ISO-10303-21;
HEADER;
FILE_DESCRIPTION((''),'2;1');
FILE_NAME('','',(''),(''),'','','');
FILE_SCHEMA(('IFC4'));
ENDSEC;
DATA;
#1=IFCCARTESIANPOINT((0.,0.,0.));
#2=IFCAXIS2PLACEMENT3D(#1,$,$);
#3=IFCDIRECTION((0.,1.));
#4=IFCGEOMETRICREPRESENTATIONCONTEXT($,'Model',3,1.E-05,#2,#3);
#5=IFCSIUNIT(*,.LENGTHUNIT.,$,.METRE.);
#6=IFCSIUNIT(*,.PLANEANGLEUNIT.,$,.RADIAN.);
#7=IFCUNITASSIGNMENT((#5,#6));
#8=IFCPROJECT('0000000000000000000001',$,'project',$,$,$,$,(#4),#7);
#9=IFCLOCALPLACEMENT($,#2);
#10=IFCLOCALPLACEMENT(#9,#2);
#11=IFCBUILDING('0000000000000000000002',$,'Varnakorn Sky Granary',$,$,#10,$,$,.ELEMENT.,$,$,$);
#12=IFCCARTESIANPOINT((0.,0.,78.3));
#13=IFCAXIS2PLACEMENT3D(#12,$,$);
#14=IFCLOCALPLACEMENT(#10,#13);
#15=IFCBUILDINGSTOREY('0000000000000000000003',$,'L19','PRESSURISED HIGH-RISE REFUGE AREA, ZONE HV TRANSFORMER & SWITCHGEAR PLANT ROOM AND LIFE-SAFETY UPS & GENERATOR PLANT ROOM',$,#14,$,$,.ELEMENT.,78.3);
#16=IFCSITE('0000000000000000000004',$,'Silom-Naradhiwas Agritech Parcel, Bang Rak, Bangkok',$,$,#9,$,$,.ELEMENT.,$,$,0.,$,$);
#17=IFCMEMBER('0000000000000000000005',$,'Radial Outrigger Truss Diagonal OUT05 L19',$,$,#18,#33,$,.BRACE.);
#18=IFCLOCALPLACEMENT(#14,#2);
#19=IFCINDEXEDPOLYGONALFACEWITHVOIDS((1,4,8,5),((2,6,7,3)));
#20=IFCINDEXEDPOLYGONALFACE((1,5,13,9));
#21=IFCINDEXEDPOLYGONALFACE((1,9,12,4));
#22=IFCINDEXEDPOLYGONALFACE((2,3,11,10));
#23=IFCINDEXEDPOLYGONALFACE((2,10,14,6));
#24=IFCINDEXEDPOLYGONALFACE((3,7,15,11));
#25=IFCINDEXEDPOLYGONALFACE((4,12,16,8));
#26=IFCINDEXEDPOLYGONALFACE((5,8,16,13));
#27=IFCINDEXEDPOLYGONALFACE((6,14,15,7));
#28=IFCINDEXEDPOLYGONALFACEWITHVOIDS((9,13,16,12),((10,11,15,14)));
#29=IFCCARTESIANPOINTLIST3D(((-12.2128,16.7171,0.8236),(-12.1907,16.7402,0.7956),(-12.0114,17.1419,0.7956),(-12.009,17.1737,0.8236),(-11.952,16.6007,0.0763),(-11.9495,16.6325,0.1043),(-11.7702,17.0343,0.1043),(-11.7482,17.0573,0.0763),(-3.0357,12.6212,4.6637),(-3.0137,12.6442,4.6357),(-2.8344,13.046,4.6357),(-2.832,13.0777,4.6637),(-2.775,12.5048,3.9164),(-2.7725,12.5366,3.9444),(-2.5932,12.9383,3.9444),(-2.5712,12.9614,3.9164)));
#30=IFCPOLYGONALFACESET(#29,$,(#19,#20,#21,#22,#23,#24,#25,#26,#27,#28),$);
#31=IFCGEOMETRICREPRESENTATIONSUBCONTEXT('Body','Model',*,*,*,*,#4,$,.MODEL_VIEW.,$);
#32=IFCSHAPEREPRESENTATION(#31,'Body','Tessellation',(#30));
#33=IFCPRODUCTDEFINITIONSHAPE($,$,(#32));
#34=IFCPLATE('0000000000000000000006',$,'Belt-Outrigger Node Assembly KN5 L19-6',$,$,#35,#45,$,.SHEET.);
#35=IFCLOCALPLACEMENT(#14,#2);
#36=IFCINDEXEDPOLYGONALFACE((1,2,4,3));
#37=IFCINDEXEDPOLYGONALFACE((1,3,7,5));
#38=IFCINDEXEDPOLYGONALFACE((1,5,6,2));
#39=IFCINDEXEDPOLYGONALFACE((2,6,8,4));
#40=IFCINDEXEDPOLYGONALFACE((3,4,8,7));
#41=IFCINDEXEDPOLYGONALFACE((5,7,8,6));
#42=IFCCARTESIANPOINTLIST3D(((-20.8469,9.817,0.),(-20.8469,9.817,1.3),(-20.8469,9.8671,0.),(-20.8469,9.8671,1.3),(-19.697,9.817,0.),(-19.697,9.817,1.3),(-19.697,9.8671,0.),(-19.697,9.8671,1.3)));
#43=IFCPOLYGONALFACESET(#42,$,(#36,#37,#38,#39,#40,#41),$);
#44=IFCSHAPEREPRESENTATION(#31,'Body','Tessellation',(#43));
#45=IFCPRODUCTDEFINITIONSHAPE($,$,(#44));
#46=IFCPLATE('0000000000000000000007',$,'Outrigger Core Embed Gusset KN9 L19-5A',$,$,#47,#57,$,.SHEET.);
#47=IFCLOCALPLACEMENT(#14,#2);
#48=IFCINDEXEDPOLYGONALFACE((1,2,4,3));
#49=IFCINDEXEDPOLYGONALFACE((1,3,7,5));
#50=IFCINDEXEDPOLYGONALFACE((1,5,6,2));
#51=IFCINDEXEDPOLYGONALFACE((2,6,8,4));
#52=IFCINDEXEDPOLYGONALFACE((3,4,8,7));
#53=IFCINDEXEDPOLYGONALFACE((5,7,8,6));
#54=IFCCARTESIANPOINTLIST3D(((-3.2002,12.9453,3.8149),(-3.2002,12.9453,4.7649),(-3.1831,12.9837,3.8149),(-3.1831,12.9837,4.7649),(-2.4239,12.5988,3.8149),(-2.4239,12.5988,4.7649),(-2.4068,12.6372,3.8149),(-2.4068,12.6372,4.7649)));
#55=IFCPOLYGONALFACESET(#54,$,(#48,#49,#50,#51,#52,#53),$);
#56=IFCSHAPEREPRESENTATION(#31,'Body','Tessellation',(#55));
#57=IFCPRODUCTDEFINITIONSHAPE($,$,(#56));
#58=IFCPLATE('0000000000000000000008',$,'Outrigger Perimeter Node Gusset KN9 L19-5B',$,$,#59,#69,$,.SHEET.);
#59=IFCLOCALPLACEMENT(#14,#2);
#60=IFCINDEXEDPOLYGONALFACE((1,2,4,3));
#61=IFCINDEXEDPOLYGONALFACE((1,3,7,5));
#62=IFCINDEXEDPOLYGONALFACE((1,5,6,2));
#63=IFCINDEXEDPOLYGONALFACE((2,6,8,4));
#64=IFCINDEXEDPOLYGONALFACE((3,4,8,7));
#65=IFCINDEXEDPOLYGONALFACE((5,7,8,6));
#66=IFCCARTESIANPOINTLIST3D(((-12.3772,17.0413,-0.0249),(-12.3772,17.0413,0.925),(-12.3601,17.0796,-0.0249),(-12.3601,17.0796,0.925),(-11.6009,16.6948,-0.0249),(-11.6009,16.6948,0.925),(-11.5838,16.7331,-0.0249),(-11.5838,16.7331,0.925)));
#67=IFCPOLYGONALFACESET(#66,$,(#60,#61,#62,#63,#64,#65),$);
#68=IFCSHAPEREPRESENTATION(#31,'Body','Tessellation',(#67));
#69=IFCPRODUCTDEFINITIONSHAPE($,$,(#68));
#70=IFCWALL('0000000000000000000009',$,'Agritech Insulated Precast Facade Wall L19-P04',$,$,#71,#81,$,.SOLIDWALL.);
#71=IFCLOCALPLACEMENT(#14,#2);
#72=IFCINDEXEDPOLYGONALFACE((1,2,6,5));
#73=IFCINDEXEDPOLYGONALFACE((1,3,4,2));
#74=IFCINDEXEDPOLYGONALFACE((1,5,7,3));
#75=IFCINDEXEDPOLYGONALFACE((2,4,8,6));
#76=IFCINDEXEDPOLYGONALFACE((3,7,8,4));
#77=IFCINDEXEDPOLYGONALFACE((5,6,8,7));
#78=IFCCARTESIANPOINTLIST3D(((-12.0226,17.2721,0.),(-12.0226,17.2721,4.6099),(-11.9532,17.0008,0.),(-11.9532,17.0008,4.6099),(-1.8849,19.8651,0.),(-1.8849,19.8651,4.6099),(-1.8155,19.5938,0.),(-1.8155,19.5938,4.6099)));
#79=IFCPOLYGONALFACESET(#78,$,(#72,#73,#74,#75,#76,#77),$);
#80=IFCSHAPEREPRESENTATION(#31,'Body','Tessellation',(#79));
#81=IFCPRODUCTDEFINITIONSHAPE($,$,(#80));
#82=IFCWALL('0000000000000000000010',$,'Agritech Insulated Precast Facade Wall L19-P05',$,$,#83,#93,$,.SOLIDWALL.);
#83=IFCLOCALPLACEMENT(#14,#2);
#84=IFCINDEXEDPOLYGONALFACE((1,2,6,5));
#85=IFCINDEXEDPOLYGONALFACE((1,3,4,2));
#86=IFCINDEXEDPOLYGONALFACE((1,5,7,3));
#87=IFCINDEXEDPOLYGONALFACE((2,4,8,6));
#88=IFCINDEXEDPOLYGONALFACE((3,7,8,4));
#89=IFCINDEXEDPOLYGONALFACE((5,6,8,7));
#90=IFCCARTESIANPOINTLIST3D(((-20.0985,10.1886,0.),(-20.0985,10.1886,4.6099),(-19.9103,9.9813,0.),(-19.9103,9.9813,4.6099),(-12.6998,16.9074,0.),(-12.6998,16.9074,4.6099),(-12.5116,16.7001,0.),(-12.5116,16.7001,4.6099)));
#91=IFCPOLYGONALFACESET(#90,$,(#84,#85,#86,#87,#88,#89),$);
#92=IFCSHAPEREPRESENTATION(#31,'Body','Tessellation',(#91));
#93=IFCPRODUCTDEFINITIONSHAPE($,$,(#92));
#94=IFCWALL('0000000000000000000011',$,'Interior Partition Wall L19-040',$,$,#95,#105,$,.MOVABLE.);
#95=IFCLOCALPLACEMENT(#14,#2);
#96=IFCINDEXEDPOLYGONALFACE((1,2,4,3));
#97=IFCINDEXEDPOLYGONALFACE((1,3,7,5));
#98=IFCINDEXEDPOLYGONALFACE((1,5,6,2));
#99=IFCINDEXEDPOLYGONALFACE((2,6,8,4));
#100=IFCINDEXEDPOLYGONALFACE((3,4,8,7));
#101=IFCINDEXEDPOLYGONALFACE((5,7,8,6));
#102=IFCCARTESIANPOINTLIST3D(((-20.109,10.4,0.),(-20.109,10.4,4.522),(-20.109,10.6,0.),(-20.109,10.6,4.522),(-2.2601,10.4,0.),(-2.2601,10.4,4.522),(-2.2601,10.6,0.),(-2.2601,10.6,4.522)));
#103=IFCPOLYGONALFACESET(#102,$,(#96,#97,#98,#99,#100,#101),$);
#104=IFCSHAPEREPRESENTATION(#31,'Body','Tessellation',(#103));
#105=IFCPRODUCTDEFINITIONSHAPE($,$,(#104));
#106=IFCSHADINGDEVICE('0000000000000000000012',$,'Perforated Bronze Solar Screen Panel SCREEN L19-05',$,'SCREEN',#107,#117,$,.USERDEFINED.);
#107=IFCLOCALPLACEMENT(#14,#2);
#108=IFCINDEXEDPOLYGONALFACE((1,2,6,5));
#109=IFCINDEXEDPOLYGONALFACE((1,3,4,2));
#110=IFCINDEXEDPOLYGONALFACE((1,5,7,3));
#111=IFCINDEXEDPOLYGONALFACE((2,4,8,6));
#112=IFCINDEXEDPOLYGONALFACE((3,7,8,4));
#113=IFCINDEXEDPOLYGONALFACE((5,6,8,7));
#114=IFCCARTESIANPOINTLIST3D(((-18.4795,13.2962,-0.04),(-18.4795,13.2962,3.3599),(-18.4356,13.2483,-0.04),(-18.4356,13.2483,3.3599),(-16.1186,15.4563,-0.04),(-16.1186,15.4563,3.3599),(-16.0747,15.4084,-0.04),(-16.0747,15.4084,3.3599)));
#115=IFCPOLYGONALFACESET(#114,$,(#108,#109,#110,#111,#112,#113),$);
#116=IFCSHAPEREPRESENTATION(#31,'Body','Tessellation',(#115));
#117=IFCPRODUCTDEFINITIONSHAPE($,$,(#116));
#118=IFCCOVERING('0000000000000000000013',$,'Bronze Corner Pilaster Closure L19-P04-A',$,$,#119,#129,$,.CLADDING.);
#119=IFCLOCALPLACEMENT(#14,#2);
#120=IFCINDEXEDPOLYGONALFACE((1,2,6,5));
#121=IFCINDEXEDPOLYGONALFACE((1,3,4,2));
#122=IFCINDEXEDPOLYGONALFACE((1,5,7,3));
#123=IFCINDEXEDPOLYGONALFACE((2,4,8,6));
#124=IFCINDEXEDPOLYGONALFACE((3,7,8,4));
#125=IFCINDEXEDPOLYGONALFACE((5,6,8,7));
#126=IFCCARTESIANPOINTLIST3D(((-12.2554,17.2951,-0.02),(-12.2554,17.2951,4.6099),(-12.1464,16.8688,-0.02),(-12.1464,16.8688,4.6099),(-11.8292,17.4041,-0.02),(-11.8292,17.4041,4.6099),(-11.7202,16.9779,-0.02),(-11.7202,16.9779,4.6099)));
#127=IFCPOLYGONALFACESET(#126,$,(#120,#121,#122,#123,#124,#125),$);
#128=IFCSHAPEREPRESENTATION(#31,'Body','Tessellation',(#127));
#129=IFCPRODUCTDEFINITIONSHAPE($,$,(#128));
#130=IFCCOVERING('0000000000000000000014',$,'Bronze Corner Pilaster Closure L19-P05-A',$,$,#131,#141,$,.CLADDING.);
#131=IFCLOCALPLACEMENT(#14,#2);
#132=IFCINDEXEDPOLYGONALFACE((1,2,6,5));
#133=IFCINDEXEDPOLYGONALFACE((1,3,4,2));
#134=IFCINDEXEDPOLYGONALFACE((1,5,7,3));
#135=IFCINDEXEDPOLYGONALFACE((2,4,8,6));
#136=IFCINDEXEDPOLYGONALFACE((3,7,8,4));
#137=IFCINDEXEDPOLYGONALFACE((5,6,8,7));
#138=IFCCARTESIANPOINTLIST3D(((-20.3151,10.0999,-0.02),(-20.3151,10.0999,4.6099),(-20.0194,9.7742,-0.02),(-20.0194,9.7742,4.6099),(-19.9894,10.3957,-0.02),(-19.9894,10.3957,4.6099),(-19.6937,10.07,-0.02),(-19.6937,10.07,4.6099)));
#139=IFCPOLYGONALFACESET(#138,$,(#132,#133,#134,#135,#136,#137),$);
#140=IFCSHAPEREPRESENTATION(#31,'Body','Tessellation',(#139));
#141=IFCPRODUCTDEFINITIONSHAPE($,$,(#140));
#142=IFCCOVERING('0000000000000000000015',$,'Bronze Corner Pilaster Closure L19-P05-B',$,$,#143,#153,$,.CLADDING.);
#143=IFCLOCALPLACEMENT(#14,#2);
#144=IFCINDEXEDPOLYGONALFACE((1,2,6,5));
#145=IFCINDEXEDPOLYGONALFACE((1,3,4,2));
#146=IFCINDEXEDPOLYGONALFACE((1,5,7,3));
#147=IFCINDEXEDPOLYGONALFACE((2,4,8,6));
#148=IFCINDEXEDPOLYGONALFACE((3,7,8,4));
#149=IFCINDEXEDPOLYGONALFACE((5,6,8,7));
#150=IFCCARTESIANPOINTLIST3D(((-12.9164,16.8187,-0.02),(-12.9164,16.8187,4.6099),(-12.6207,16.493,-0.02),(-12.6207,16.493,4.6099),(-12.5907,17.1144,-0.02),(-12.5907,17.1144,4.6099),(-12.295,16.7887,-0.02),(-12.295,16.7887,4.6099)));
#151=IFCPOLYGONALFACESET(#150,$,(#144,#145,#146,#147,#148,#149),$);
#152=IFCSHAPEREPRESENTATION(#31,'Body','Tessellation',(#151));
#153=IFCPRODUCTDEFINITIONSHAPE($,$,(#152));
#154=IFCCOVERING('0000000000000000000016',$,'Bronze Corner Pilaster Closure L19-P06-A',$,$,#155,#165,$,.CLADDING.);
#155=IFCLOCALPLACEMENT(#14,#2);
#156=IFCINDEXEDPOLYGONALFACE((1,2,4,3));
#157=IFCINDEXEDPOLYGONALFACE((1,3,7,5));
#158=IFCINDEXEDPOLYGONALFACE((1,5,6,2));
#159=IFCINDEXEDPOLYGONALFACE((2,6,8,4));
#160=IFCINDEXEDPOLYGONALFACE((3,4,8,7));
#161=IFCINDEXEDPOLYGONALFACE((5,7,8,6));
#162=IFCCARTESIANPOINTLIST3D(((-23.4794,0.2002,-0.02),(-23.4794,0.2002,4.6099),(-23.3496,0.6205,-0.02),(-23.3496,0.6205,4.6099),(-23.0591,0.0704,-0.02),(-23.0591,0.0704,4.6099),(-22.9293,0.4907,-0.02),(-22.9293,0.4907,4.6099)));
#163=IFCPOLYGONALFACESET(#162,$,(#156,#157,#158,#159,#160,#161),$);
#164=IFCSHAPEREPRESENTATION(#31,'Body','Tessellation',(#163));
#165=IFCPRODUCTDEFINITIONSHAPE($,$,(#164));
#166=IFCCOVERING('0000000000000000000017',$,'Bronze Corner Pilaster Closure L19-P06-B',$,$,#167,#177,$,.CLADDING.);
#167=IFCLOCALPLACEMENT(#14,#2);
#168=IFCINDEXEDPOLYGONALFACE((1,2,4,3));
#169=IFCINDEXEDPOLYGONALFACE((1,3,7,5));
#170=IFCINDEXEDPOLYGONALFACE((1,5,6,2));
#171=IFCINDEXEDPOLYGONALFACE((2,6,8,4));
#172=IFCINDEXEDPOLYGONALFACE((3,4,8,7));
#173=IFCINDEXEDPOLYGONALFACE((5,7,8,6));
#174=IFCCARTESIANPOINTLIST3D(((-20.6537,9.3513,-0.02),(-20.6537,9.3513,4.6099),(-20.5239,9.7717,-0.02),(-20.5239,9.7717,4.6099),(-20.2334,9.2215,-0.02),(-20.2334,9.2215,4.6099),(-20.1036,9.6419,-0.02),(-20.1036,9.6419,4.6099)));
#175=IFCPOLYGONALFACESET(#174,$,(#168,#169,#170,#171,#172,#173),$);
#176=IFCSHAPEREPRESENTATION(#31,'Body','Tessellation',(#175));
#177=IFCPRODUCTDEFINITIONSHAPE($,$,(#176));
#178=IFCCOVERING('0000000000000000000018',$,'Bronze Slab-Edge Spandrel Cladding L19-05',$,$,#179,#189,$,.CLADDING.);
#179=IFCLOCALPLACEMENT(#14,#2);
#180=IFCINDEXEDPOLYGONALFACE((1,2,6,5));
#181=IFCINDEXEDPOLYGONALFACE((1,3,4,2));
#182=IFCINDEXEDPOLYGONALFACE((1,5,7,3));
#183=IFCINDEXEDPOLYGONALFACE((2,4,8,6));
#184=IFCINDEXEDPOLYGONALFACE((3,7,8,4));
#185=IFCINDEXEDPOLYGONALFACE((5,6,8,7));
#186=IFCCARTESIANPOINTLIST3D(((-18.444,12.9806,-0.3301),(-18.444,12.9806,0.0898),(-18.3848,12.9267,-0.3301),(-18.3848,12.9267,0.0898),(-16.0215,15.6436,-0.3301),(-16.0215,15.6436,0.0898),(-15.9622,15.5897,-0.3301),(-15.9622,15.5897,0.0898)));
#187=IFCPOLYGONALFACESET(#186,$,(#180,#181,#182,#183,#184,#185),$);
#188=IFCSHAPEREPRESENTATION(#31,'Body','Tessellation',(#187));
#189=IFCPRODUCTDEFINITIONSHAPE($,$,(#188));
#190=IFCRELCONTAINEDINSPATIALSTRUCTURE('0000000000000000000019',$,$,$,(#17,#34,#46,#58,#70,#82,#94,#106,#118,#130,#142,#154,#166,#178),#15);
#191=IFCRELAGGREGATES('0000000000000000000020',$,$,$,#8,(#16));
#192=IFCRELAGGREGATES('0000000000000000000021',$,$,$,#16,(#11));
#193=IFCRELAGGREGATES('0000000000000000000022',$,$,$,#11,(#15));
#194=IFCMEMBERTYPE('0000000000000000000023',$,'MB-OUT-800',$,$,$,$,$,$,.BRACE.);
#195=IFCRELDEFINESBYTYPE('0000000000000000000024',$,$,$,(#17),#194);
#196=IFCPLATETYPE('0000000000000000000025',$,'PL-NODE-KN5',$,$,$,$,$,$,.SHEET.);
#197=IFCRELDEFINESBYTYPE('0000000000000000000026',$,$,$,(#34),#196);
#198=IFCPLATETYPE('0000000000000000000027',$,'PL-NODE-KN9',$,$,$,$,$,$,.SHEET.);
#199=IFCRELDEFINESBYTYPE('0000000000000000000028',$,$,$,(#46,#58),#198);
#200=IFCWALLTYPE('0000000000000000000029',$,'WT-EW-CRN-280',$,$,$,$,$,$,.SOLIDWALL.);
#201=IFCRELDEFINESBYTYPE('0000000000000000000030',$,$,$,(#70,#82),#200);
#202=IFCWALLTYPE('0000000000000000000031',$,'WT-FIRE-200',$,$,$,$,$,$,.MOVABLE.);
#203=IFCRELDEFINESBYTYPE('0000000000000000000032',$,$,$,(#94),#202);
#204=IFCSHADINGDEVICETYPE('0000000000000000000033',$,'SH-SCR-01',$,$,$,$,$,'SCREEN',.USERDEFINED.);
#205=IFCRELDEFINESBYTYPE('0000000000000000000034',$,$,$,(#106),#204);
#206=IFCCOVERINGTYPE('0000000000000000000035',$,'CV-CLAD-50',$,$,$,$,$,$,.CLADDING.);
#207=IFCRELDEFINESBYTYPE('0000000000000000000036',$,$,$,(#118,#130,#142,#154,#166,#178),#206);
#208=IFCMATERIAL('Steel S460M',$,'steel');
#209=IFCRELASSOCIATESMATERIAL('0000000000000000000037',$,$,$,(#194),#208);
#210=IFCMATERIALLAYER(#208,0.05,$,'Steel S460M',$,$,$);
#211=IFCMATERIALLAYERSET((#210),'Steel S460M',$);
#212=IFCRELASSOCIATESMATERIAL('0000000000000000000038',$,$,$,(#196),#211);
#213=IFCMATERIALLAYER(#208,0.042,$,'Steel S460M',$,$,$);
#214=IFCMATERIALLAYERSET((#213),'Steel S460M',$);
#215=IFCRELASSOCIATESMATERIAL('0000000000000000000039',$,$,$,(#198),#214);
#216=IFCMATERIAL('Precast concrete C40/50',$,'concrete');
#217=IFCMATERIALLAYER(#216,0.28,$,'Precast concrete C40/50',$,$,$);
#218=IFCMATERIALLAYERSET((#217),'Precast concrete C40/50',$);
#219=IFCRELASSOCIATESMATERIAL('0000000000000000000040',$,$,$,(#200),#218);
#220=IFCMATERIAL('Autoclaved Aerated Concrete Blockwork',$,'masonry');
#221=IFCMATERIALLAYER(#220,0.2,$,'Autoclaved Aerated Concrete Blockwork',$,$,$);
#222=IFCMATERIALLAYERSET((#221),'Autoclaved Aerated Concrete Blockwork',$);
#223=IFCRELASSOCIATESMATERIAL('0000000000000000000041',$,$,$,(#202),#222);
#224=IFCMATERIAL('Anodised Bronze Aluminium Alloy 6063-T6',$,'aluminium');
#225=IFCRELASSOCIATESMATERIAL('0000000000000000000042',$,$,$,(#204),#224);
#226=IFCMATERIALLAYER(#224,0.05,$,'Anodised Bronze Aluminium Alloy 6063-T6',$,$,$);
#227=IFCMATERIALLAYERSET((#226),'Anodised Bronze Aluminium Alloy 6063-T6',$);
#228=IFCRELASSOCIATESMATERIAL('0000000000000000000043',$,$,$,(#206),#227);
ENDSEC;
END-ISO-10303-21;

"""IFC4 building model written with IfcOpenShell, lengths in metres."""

from ifc_helpers import new_model, si_unit, direction, frame, frame_2d, origin, origin_2d, place, context, subcontext, project, spatial, rectangle, hollow_rectangle, extrude, source, transform, mapped, material, layer, layer_set, material_profile, profile_set, type_object, type_shapes, element, save


model = new_model("IFC4")

# Units and contexts
model_context = context("Model", 3, precision=1e-05, world=origin(), true_north=direction((0.0, 1.0)))
body_context = subcontext(model_context, "Body", "Model", "MODEL_VIEW")
ifc_project = project(units=[si_unit("LENGTHUNIT", "METRE"), si_unit("PLANEANGLEUNIT", "RADIAN")], contexts=[model_context])

# Site, building, storey
site_placement = place(None, origin())
site = spatial("IfcSite", under=ifc_project, at=site_placement, Name="Silom-Naradhiwas Agritech Parcel, Bang Rak, Bangkok", CompositionType="ELEMENT", RefElevation=0.0)
building_placement = place(site_placement, origin())
building = spatial("IfcBuilding", under=site, at=building_placement, Name="Varnakorn Sky Granary", CompositionType="ELEMENT")
storey_placement = place(building_placement, frame((0.0, 0.0, 78.3)))
storey = spatial("IfcBuildingStorey", under=building, at=storey_placement, Name="L19", Description="PRESSURISED HIGH-RISE REFUGE AREA, ZONE HV TRANSFORMER & SWITCHGEAR PLANT ROOM AND LIFE-SAFETY UPS & GENERATOR PLANT ROOM", CompositionType="ELEMENT", Elevation=78.3)

# Shared definitions
ifc_material_1 = material(Name="Steel S460M", Category="steel")

# Member
ifc_material_profile_1 = material_profile(ifc_material_1, hollow_rectangle(XDim=0.5, YDim=0.8, WallThickness=0.03, at=origin_2d()), Name="RHS 500x800x30")
ifc_profile_set_1 = profile_set([ifc_material_profile_1], Name="Steel S460M")
member_type_1 = type_object("IfcMemberType", Name="MB-OUT-800", PredefinedType="BRACE", material=ifc_profile_set_1)
member_1_placement = place(storey_placement, frame((-2.8035, 12.7913, 4.29), z_axis=(-0.853018, 0.380725, -0.356943), x_axis=(-0.407574, -0.913172, 0.0)))
element("IfcMember", 1, at=member_1_placement, inside=storey, type_object=member_type_1, Name="Radial Outrigger Truss Diagonal OUT05 L19", PredefinedType="BRACE", context=body_context, shape_type="SweptSolid", body=[
    extrude(hollow_rectangle(XDim=0.5, YDim=0.8, WallThickness=0.03, at=origin_2d()), origin(), (0.0, 0.0, 1.0), 10.7583),
])

# Plates
ifc_layer_1 = layer(ifc_material_1, 0.05, Name="Steel S460M")
ifc_layer_set_1 = layer_set([ifc_layer_1], Name="Steel S460M")
plate_type_1 = type_object("IfcPlateType", Name="PL-NODE-KN5", PredefinedType="SHEET", material=ifc_layer_set_1)
plate_placement = place(storey_placement, frame((-20.272, 9.842, 0.0), z_axis=(0.0, 0.0, 1.0), x_axis=(1.0, 0.0, 0.0)))
element("IfcPlate", 2, at=plate_placement, inside=storey, type_object=plate_type_1, Name="Belt-Outrigger Node Assembly KN5 L19-6", PredefinedType="SHEET", context=body_context, shape_type="SweptSolid", body=[
    extrude(rectangle(XDim=1.1499, YDim=0.05, at=origin_2d()), origin(), (0.0, 0.0, 1.0), 1.3),
])
ifc_layer_2 = layer(ifc_material_1, 0.042, Name="Steel S460M")
ifc_layer_set_2 = layer_set([ifc_layer_2], Name="Steel S460M")
plate_type_2 = type_object("IfcPlateType", Name="PL-NODE-KN9", PredefinedType="SHEET", material=ifc_layer_set_2)
for number, where, z_axis, x_axis, name in (
    (3, (-2.8035, 12.7913, 3.8149), (0.0, 0.0, 1.0), (-0.91317, 0.407578, 0.0), "Outrigger Core Embed Gusset KN9 L19-5A"),
    (4, (-11.9805, 16.8872, -0.0249), (0.0, 0.0, 1.0), (-0.91317, 0.407578, 0.0), "Outrigger Perimeter Node Gusset KN9 L19-5B"),
):
    element("IfcPlate", number, at=place(storey_placement, frame(where, z_axis=z_axis, x_axis=x_axis)), inside=storey, type_object=plate_type_2, Name=name, PredefinedType="SHEET", context=body_context, shape_type="SweptSolid", body=[
        extrude(rectangle(XDim=0.8501, YDim=0.042, at=origin_2d()), origin(), (0.0, 0.0, 1.0), 0.95),
    ])

# Walls
ifc_material_2 = material(Name="Precast concrete C40/50", Category="concrete")
ifc_layer_3 = layer(ifc_material_2, 0.28, Name="Precast concrete C40/50")
ifc_layer_set_3 = layer_set([ifc_layer_3], Name="Precast concrete C40/50")
wall_type_1 = type_object("IfcWallType", Name="WT-EW-CRN-280", PredefinedType="SOLIDWALL", material=ifc_layer_set_3)
wall_1_placement = place(storey_placement, frame((-11.9878, 17.1365, 0.0), z_axis=(0.0, 0.0, 1.0), x_axis=(0.968811, 0.247802, 0.0)))
element("IfcWall", 5, at=wall_1_placement, inside=storey, type_object=wall_type_1, Name="Agritech Insulated Precast Facade Wall L19-P04", PredefinedType="SOLIDWALL", context=body_context, shape_type="SweptSolid", body=[
    extrude(rectangle(XDim=10.4641, YDim=0.28, at=frame_2d((5.2319, 0.0))), origin(), (0.0, 0.0, 1.0), 4.6099),
])
wall_2_placement = place(storey_placement, frame((-20.0044, 10.085, 0.0), z_axis=(0.0, 0.0, 1.0), x_axis=(0.740305, 0.672271, 0.0)))
element("IfcWall", 6, at=wall_2_placement, inside=storey, type_object=wall_type_1, Name="Agritech Insulated Precast Facade Wall L19-P05", PredefinedType="SOLIDWALL", context=body_context, shape_type="SweptSolid", body=[
    extrude(rectangle(XDim=9.9941, YDim=0.28, at=frame_2d((4.9971, 0.0))), origin(), (0.0, 0.0, 1.0), 4.6099),
])
ifc_material_3 = material(Name="Autoclaved Aerated Concrete Blockwork", Category="masonry")
ifc_layer_4 = layer(ifc_material_3, 0.2, Name="Autoclaved Aerated Concrete Blockwork")
ifc_layer_set_4 = layer_set([ifc_layer_4], Name="Autoclaved Aerated Concrete Blockwork")
wall_type_2 = type_object("IfcWallType", Name="WT-FIRE-200", PredefinedType="MOVABLE", material=ifc_layer_set_4)
wall_3_placement = place(storey_placement, frame((-20.1089, 10.5, 0.0), z_axis=(0.0, 0.0, 1.0), x_axis=(1.0, 0.0, 0.0)))
element("IfcWall", 7, at=wall_3_placement, inside=storey, type_object=wall_type_2, Name="Interior Partition Wall L19-040", PredefinedType="MOVABLE", context=body_context, shape_type="SweptSolid", body=[
    extrude(rectangle(XDim=17.8489, YDim=0.2, at=frame_2d((8.9243, 0.0))), origin(), (0.0, 0.0, 1.0), 4.522),
])

# Shading device
ifc_material_4 = material(Name="Anodised Bronze Aluminium Alloy 6063-T6", Category="aluminium")
shading_device_type = type_object("IfcShadingDeviceType", Name="SH-SCR-01", ElementType="SCREEN", PredefinedType="USERDEFINED", material=ifc_material_4)
shared_shape_1 = source(origin(), body_context, "Body", "SweptSolid", [
    extrude(rectangle(XDim=3.2, YDim=0.0649, at=origin_2d()), origin(), (0.0, 0.0, 1.0), 3.3999),
])
type_shapes(shading_device_type, [shared_shape_1])
shading_device_placement = place(storey_placement, frame((-17.2771, 14.3523, -0.04), z_axis=(0.0, 0.0, 1.0), x_axis=(-0.737783, -0.675038, 0.0)))
element("IfcShadingDevice", 8, at=shading_device_placement, inside=storey, type_object=shading_device_type, Name="Perforated Bronze Solar Screen Panel SCREEN L19-05", ObjectType="SCREEN", PredefinedType="USERDEFINED", context=body_context, shape_type="MappedRepresentation", body=[
    mapped(shared_shape_1, transform((0.0, 0.0, 0.0), x_axis=(1.0, 0.0, 0.0), y_axis=(0.0, 1.0, 0.0), z_axis=(0.0, 0.0, 1.0), scale=1.0)),
])

# Coverings
ifc_layer_5 = layer(ifc_material_4, 0.05, Name="Anodised Bronze Aluminium Alloy 6063-T6")
ifc_layer_set_5 = layer_set([ifc_layer_5], Name="Anodised Bronze Aluminium Alloy 6063-T6")
covering_type = type_object("IfcCoveringType", Name="CV-CLAD-50", PredefinedType="CLADDING", material=ifc_layer_set_5)
shared_shape_2 = source(origin(), body_context, "Body", "SweptSolid", [
    extrude(rectangle(XDim=0.4399, YDim=0.4399, at=origin_2d()), origin(), (0.0, 0.0, 1.0), 4.6299),
])
for number, where, z_axis, x_axis, name in (
    (9, (-11.9878, 17.1365, -0.02), (0.0, 0.0, 1.0), (0.9688, 0.247845, 0.0), "Bronze Corner Pilaster Closure L19-P04-A"),
    (10, (-20.0044, 10.085, -0.02), (0.0, 0.0, 1.0), (0.740335, 0.672238, 0.0), "Bronze Corner Pilaster Closure L19-P05-A"),
    (11, (-12.6057, 16.8037, -0.02), (0.0, 0.0, 1.0), (0.740335, 0.672238, 0.0), "Bronze Corner Pilaster Closure L19-P05-B"),
    (12, (-23.2043, 0.3455, -0.02), (0.0, 0.0, 1.0), (0.295041, 0.955485, 0.0), "Bronze Corner Pilaster Closure L19-P06-A"),
    (13, (-20.3787, 9.4966, -0.02), (0.0, 0.0, 1.0), (0.295041, 0.955485, 0.0), "Bronze Corner Pilaster Closure L19-P06-B"),
):
    element("IfcCovering", number, at=place(storey_placement, frame(where, z_axis=z_axis, x_axis=x_axis)), inside=storey, type_object=covering_type, Name=name, PredefinedType="CLADDING", context=body_context, shape_type="MappedRepresentation", body=[
        mapped(shared_shape_2, transform((0.0, 0.0, 0.0), x_axis=(1.0, 0.0, 0.0), y_axis=(0.0, 1.0, 0.0), z_axis=(0.0, 0.0, 1.0), scale=1.0)),
    ])
shared_shape_3 = source(origin(), body_context, "Body", "SweptSolid", [
    extrude(rectangle(XDim=3.6001, YDim=0.0801, at=origin_2d()), origin(), (0.0, 0.0, 1.0), 0.4199),
])
type_shapes(covering_type, [shared_shape_2, shared_shape_3])
covering_placement = place(storey_placement, frame((-17.2031, 14.2852, -0.3301), z_axis=(0.0, 0.0, 1.0), x_axis=(-0.67292, -0.739715, 0.0)))
element("IfcCovering", 14, at=covering_placement, inside=storey, type_object=covering_type, Name="Bronze Slab-Edge Spandrel Cladding L19-05", PredefinedType="CLADDING", context=body_context, shape_type="MappedRepresentation", body=[
    mapped(shared_shape_3, transform((0.0, 0.0, 0.0), x_axis=(1.0, 0.0, 0.0), y_axis=(0.0, 1.0, 0.0), z_axis=(0.0, 0.0, 1.0), scale=1.0)),
])

save(model, "model.ifc")
